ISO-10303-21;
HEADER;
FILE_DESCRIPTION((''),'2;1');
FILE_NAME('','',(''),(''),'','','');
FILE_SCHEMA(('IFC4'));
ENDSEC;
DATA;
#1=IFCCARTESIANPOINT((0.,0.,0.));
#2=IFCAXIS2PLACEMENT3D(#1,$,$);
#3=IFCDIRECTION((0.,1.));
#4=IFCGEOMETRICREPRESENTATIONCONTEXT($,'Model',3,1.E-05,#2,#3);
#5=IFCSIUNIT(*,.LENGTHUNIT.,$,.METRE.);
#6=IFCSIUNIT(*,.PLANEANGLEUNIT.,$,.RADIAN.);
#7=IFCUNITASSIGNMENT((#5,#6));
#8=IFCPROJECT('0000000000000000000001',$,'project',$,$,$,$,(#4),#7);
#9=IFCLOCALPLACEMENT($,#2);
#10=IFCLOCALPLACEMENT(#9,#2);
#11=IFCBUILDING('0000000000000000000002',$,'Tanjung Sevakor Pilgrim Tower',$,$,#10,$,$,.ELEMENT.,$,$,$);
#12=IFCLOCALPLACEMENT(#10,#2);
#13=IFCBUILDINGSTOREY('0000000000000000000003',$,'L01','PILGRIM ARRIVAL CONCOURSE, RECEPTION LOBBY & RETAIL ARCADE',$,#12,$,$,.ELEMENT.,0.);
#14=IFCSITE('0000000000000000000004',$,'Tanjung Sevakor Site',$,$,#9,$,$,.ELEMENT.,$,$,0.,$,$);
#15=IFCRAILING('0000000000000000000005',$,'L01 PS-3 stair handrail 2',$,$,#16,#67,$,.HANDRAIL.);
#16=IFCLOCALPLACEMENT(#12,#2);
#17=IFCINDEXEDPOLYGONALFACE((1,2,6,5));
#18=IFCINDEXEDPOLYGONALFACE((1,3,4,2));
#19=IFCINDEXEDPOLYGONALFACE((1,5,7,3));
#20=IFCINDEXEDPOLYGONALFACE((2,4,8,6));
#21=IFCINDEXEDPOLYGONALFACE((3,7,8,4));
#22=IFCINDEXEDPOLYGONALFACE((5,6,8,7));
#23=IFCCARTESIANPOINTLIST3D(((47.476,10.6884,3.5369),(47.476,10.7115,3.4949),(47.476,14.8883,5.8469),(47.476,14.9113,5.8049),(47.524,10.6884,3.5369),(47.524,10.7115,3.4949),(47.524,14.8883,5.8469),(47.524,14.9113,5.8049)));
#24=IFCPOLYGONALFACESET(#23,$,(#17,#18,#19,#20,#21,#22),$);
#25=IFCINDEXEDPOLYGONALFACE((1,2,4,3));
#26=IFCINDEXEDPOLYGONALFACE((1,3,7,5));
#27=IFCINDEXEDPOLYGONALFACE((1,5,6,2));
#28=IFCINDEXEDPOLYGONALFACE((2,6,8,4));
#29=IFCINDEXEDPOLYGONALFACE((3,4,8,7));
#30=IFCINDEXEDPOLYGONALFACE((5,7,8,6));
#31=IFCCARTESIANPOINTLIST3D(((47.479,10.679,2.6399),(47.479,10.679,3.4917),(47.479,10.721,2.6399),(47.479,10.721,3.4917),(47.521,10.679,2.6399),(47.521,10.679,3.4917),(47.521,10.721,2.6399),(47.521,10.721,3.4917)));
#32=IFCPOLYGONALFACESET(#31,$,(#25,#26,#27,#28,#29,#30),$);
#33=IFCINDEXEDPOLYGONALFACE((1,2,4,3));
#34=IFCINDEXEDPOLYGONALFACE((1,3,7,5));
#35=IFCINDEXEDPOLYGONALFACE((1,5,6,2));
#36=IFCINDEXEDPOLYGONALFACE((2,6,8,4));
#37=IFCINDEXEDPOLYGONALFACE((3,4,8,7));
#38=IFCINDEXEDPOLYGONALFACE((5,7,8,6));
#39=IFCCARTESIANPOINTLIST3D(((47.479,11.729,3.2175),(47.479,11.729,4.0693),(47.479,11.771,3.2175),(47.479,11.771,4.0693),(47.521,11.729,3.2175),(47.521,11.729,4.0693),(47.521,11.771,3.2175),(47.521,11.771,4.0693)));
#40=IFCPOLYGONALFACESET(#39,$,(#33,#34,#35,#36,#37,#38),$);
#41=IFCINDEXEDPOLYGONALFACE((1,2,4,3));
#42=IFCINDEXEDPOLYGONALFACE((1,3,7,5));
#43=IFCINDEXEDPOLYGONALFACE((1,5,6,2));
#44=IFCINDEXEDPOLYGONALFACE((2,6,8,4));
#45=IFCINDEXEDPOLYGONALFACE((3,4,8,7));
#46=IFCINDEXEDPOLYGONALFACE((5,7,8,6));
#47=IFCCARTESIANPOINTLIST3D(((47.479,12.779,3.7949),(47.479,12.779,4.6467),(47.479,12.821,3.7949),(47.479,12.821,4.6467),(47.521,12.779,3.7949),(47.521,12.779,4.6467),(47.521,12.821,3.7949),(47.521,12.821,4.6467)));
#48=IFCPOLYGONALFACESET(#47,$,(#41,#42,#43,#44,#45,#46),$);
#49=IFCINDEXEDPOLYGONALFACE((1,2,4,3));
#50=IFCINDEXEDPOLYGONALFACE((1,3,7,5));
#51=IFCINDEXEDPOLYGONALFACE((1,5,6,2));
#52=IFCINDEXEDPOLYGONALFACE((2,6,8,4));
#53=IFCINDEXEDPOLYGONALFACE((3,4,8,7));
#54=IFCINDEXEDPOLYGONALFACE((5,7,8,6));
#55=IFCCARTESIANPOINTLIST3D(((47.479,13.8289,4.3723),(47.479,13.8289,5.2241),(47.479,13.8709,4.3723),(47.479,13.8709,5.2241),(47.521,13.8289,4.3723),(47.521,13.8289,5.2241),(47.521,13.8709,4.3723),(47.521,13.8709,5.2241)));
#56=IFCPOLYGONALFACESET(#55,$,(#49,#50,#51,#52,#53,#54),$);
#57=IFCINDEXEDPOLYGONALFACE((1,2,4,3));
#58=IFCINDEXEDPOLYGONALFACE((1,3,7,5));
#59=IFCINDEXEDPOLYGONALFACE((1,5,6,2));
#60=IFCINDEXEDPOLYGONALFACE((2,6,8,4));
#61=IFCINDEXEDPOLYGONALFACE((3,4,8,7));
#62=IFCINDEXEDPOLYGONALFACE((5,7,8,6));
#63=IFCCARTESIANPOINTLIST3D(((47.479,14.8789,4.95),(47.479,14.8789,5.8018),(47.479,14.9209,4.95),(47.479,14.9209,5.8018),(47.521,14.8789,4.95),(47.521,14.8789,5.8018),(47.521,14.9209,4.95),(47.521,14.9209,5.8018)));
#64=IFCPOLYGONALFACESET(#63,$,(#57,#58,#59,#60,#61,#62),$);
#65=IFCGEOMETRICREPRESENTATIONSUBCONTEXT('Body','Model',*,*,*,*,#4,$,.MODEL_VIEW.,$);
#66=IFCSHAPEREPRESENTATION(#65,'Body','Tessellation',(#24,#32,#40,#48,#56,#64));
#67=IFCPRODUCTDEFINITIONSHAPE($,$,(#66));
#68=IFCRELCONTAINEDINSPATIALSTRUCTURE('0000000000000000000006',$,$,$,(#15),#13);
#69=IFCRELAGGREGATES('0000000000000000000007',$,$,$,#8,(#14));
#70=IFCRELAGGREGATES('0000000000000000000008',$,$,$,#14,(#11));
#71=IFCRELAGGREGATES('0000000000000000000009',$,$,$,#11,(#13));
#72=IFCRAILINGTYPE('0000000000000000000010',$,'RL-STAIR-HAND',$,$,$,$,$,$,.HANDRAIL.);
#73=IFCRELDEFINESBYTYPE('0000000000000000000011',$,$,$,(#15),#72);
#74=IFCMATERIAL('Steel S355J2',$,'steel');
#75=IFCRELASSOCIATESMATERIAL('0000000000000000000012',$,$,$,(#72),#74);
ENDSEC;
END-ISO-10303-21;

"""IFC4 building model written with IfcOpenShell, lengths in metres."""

from ifc_helpers import new_model, si_unit, direction, frame, origin, place, context, subcontext, project, spatial, rectangle, extrude, material, type_object, element, save


model = new_model("IFC4")

# Units and contexts
model_context = context("Model", 3, precision=1e-05, world=origin(), true_north=direction((0.0, 1.0)))
body_context = subcontext(model_context, "Body", "Model", "MODEL_VIEW")
ifc_project = project(units=[si_unit("LENGTHUNIT", "METRE"), si_unit("PLANEANGLEUNIT", "RADIAN")], contexts=[model_context])

# Site, building, storey
site_placement = place(None, origin())
site = spatial("IfcSite", under=ifc_project, at=site_placement, Name="Tanjung Sevakor Site", CompositionType="ELEMENT", RefElevation=0.0)
building_placement = place(site_placement, origin())
building = spatial("IfcBuilding", under=site, at=building_placement, Name="Tanjung Sevakor Pilgrim Tower", CompositionType="ELEMENT")
storey_placement = place(building_placement, origin())
storey = spatial("IfcBuildingStorey", under=building, at=storey_placement, Name="L01", Description="PILGRIM ARRIVAL CONCOURSE, RECEPTION LOBBY & RETAIL ARCADE", CompositionType="ELEMENT", Elevation=0.0)

# Railing
ifc_material_1 = material(Name="Steel S355J2", Category="steel")
railing_type_1 = type_object("IfcRailingType", Name="RL-STAIR-HAND", PredefinedType="HANDRAIL", material=ifc_material_1)
for number, where, name in (
    (1, (47.5, 10.7, 2.6399), "L01 PS-3 stair handrail 2"),
):
    element("IfcRailing", number, at=place(storey_placement, frame(where)), inside=storey, type_object=railing_type_1, Name=name, PredefinedType="HANDRAIL", context=body_context, shape_type="SweptSolid", body=[
        extrude(rectangle(XDim=0.0479, YDim=0.0479), frame((0.0, 0.0, 0.876), z_axis=(0.0, 0.876208, 0.481932), x_axis=(-1.0, 0.0, 0.0)), (0.0, 0.0, 1.0), 4.7932),
        extrude(rectangle(XDim=0.042, YDim=0.042), origin(), (0.0, 0.0, 1.0), 0.8518),
        extrude(rectangle(XDim=0.042, YDim=0.042), frame((0.0, 1.05, 0.5776)), (0.0, 0.0, 1.0), 0.8518),
        extrude(rectangle(XDim=0.042, YDim=0.042), frame((0.0, 2.1001, 1.155)), (0.0, 0.0, 1.0), 0.8518),
        extrude(rectangle(XDim=0.042, YDim=0.042), frame((0.0, 3.1499, 1.7324)), (0.0, 0.0, 1.0), 0.8518),
        extrude(rectangle(XDim=0.042, YDim=0.042), frame((0.0, 4.2, 2.3101)), (0.0, 0.0, 1.0), 0.8518),
    ])

save(model, "model.ifc")
